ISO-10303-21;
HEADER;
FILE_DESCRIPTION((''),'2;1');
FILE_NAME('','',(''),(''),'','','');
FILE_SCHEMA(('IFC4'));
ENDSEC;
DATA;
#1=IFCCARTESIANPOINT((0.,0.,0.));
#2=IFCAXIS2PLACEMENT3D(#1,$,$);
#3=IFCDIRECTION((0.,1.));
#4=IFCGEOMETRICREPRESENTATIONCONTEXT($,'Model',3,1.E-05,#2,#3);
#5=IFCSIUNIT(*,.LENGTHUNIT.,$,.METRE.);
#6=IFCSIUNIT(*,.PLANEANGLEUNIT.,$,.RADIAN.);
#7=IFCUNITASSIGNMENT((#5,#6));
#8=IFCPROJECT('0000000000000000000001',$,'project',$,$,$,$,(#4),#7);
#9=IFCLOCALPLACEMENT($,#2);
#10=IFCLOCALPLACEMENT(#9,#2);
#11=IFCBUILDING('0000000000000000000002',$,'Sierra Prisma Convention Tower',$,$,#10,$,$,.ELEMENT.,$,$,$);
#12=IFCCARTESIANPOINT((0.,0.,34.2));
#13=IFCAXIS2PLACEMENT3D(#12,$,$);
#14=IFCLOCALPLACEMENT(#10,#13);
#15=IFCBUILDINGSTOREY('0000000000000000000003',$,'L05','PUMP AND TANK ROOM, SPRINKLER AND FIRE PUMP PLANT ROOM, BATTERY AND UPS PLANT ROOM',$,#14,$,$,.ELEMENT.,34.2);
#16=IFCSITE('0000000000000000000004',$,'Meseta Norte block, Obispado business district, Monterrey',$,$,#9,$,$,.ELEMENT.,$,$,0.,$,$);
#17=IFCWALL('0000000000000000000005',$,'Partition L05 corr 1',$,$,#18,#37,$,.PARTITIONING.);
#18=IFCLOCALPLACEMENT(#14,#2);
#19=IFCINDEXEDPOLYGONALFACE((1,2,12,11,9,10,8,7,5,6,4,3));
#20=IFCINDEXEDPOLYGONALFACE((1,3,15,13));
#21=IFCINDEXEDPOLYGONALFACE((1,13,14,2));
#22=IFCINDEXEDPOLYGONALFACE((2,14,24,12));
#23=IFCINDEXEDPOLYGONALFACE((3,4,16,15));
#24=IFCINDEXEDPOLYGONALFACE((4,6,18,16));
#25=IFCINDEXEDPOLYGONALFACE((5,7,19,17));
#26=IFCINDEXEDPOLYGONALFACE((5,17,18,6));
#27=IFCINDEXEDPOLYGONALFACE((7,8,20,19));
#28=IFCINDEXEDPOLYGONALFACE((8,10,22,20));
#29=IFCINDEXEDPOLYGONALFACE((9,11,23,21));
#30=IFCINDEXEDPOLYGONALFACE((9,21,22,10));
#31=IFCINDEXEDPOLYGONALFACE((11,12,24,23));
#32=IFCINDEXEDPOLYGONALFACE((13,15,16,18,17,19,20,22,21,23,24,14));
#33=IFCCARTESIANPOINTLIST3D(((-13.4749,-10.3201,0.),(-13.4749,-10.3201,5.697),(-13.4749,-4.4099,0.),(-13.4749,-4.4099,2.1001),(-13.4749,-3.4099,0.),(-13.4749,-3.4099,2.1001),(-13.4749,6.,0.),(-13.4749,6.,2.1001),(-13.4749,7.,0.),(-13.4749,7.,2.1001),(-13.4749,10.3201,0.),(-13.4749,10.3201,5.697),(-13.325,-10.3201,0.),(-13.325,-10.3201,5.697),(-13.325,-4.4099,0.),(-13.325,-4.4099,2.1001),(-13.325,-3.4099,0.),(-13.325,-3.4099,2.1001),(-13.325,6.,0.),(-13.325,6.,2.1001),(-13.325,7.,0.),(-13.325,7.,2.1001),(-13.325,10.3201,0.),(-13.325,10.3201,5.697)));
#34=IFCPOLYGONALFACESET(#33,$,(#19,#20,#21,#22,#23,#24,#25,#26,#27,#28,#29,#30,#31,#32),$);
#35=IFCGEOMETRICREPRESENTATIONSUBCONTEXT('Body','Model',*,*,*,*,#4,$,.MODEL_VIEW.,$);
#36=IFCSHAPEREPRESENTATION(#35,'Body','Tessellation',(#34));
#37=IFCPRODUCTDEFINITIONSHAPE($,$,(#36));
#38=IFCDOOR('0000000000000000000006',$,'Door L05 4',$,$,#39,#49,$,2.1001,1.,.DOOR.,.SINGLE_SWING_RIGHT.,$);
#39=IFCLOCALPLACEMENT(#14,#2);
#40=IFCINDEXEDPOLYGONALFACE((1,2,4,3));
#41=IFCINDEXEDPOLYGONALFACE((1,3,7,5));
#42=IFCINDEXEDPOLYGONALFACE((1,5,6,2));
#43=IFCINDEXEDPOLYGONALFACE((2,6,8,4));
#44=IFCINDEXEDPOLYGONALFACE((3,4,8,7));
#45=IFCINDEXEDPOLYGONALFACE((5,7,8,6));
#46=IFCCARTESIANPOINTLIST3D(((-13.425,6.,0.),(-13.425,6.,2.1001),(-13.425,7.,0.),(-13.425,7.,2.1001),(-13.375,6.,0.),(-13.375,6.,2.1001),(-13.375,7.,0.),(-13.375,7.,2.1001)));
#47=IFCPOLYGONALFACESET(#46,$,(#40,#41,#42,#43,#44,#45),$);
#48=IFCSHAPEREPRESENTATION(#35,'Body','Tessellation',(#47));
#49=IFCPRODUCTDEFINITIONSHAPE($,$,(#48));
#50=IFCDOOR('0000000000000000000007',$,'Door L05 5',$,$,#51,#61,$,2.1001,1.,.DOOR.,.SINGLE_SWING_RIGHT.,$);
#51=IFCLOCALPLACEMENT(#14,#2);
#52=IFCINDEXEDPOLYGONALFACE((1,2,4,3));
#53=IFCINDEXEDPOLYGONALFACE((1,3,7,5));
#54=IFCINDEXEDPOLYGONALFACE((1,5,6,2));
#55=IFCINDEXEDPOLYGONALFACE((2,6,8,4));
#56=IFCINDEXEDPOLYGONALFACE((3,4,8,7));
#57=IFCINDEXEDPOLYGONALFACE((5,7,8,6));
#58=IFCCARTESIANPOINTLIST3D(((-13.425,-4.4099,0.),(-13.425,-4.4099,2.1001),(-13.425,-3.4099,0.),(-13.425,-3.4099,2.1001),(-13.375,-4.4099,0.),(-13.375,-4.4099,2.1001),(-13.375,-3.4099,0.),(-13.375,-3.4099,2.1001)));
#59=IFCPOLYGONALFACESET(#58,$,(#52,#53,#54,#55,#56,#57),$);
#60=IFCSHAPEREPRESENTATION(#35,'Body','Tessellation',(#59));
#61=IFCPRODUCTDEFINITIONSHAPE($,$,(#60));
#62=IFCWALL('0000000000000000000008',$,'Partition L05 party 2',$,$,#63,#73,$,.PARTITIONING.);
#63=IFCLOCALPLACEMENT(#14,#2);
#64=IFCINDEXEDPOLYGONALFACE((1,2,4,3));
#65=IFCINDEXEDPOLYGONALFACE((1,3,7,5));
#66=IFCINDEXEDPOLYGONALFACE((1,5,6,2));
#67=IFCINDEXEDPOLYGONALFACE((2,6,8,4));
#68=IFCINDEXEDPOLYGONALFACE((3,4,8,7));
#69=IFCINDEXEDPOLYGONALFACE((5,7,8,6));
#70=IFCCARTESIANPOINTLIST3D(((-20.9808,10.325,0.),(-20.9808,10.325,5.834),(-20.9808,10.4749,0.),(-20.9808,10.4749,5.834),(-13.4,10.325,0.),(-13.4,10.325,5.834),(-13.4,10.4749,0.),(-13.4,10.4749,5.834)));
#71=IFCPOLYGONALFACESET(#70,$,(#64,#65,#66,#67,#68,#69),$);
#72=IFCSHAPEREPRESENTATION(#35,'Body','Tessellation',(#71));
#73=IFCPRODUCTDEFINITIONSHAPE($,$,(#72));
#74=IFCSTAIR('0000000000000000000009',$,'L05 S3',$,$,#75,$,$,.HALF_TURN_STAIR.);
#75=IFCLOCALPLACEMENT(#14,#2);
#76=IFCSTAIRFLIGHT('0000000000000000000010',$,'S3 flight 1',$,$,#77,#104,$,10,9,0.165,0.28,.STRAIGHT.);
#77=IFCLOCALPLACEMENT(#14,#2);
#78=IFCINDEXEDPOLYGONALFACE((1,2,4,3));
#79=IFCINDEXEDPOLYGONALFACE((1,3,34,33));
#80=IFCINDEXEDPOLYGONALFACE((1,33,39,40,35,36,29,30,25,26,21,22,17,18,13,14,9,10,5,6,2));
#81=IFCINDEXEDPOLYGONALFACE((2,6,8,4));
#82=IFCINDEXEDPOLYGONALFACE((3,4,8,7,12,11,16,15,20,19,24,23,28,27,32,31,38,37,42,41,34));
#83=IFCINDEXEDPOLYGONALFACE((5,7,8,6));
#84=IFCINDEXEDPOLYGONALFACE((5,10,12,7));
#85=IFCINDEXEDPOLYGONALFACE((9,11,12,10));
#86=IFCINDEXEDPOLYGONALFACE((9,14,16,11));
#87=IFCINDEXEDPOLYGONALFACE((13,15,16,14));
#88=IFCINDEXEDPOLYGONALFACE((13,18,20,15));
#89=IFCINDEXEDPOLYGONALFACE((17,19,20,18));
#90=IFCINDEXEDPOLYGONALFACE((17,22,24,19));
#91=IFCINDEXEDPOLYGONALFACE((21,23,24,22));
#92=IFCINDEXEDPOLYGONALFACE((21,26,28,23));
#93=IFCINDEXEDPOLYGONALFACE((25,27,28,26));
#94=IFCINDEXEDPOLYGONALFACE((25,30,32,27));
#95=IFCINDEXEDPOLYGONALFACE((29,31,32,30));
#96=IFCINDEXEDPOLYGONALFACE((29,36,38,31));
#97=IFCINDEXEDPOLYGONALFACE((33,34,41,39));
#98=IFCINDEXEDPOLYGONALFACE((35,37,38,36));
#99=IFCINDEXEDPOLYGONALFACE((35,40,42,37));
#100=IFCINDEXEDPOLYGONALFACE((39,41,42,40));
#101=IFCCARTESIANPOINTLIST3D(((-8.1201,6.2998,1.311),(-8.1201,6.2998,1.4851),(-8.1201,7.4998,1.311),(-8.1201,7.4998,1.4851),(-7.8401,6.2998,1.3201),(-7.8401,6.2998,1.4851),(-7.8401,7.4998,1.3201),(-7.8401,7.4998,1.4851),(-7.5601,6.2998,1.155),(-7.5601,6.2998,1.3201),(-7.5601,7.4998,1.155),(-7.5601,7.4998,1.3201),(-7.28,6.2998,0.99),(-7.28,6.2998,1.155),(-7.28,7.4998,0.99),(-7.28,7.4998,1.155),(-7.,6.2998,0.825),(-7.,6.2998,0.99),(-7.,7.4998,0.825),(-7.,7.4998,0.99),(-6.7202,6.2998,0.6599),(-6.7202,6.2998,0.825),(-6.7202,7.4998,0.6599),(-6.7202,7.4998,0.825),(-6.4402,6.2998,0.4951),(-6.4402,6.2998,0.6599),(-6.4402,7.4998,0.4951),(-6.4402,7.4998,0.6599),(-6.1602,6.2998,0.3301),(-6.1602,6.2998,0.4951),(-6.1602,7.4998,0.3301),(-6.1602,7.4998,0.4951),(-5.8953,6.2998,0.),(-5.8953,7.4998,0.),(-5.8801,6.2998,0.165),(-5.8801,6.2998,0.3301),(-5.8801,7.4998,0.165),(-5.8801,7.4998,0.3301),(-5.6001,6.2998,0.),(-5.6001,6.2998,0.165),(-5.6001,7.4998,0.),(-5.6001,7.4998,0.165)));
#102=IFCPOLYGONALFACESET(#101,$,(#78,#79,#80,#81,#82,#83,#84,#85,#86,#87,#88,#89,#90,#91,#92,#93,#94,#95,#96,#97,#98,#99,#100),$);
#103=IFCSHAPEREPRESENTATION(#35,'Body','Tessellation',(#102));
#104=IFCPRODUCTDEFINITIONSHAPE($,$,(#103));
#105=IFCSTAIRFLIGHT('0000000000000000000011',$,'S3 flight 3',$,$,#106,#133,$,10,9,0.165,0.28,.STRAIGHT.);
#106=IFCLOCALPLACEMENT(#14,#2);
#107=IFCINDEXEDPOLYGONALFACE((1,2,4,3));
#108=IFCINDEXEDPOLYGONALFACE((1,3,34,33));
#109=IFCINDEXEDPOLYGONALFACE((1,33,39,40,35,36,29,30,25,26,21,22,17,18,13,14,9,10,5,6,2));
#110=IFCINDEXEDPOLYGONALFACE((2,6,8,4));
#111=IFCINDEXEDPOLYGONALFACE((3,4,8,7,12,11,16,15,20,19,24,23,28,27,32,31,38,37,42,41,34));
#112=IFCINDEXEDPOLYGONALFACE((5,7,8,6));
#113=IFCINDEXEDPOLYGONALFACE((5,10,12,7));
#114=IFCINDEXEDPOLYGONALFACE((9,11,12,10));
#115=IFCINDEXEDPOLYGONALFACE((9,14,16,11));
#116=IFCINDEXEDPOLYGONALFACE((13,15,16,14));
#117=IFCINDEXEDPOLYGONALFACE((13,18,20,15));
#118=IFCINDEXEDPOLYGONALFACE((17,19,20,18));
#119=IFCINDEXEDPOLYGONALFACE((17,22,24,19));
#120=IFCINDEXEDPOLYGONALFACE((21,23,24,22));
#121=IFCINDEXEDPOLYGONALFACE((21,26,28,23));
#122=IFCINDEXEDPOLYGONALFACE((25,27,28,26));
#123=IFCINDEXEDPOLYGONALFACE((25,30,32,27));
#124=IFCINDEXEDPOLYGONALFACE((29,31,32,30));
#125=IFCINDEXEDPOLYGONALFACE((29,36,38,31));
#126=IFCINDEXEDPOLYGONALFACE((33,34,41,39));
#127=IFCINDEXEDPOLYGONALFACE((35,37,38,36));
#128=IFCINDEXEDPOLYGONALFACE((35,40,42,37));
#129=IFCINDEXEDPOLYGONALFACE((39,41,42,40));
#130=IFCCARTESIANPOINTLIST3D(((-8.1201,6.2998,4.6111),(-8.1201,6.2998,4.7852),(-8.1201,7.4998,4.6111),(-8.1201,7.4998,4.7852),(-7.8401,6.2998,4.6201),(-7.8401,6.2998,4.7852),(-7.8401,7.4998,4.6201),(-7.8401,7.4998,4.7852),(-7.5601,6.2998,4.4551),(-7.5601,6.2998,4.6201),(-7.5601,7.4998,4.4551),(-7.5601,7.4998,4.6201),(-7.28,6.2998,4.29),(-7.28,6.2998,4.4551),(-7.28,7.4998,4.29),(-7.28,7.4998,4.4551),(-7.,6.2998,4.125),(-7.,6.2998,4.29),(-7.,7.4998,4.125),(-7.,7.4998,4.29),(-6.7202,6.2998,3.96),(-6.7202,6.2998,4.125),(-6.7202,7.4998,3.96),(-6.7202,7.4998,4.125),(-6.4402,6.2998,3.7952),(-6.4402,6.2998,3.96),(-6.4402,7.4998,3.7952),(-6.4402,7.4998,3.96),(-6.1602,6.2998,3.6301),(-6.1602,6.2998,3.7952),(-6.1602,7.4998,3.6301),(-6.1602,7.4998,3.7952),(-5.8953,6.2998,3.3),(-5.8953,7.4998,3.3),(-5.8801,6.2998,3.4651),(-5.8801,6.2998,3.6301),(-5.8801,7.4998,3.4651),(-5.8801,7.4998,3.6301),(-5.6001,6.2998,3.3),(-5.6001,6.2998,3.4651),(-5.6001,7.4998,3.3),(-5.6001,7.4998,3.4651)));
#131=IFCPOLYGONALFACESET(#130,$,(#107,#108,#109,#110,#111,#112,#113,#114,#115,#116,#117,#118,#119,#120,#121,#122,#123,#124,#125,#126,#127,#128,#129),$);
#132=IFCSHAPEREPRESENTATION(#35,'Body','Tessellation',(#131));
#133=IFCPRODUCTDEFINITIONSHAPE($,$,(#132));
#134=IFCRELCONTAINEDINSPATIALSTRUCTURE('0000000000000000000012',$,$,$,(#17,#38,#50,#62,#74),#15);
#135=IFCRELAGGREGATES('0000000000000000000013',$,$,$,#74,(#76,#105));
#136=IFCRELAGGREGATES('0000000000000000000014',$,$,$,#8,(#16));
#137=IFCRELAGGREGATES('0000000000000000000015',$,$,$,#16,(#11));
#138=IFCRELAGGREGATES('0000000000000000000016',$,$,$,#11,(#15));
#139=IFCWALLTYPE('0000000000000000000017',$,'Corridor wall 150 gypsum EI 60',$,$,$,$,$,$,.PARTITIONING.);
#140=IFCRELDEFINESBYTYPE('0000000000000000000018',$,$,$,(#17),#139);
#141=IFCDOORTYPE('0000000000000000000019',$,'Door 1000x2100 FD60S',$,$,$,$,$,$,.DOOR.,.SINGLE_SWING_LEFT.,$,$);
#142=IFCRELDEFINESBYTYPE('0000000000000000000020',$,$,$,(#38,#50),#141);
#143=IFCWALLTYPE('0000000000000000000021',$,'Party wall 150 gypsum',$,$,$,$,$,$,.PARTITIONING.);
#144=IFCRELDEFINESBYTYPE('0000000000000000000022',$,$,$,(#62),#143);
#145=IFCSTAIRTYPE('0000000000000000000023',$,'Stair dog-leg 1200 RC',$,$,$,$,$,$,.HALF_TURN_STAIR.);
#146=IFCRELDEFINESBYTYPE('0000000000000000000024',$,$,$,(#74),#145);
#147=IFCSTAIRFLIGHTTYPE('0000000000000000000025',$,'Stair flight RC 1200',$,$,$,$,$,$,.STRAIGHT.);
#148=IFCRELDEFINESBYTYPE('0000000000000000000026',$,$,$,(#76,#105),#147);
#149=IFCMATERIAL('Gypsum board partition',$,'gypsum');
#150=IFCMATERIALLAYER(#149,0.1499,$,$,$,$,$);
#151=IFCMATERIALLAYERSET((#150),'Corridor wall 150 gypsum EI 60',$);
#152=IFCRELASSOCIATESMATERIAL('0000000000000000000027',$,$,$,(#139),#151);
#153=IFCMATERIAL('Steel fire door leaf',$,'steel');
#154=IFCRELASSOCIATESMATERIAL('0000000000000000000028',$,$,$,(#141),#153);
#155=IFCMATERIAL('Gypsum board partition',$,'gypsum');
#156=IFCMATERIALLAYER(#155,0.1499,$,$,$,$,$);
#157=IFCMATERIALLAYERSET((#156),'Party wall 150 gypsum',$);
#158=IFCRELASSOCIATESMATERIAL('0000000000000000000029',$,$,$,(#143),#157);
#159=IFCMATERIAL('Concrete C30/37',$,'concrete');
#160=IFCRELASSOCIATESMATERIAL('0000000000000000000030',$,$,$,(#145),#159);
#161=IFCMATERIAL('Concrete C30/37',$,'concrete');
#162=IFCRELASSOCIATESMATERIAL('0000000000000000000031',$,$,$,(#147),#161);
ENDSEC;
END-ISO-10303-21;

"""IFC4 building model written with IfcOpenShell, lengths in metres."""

from ifc_helpers import new_model, si_unit, direction, frame, frame_2d, origin, place, context, subcontext, project, spatial, polyline, rectangle, outline, extrude, material, layer, layer_set, type_object, element, fill, aggregate, save


model = new_model("IFC4")

# Units and contexts
model_context = context("Model", 3, precision=1e-05, world=origin(), true_north=direction((0.0, 1.0)))
body_context = subcontext(model_context, "Body", "Model", "MODEL_VIEW")
ifc_project = project(units=[si_unit("LENGTHUNIT", "METRE"), si_unit("PLANEANGLEUNIT", "RADIAN")], contexts=[model_context])

# Site, building, storey
site_placement = place(None, origin())
site = spatial("IfcSite", under=ifc_project, at=site_placement, Name="Meseta Norte block, Obispado business district, Monterrey", CompositionType="ELEMENT", RefElevation=0.0)
building_placement = place(site_placement, origin())
building = spatial("IfcBuilding", under=site, at=building_placement, Name="Sierra Prisma Convention Tower", CompositionType="ELEMENT")
storey_placement = place(building_placement, frame((0.0, 0.0, 34.2)))
storey = spatial("IfcBuildingStorey", under=building, at=storey_placement, Name="L05", Description="PUMP AND TANK ROOM, SPRINKLER AND FIRE PUMP PLANT ROOM, BATTERY AND UPS PLANT ROOM", CompositionType="ELEMENT", Elevation=34.2)

# Wall, openings, doors
ifc_material_1 = material(Name="Gypsum board partition", Category="gypsum")
ifc_layer_1 = layer(ifc_material_1, 0.1499)
ifc_layer_set_1 = layer_set([ifc_layer_1], Name="Corridor wall 150 gypsum EI 60")
wall_type_1 = type_object("IfcWallType", Name="Corridor wall 150 gypsum EI 60", PredefinedType="PARTITIONING", material=ifc_layer_set_1)
wall_1_placement = place(storey_placement, frame((-13.3999, 10.3201, 0.0), z_axis=(0.0, 0.0, 1.0), x_axis=(0.0, -1.0, 0.0)))
wall_1 = element("IfcWall", 1, at=wall_1_placement, inside=storey, type_object=wall_type_1, Name="Partition L05 corr 1", PredefinedType="PARTITIONING", context=body_context, shape_type="SweptSolid", body=[
    extrude(rectangle(XDim=20.6401, YDim=0.1499, at=frame_2d((10.3201, 0.0))), origin(), (0.0, 0.0, 1.0), 5.697),
])
opening_1_placement = place(wall_1_placement, frame((3.3201, 0.0, 0.0)))
opening_1 = element("IfcOpeningElement", 2, at=opening_1_placement, cuts=wall_1, PredefinedType="OPENING", context=body_context, shape_type="SweptSolid", body=[
    extrude(rectangle(XDim=1.0, YDim=2.1001, at=frame_2d((0.5, 1.05))), frame((0.0, 0.075, 0.0), z_axis=(0.0, -1.0, 0.0), x_axis=(1.0, 0.0, 0.0)), (0.0, 0.0, 1.0), 0.1499),
])
opening_2_placement = place(wall_1_placement, frame((13.73, 0.0, 0.0)))
opening_2 = element("IfcOpeningElement", 3, at=opening_2_placement, cuts=wall_1, PredefinedType="OPENING", context=body_context, shape_type="SweptSolid", body=[
    extrude(rectangle(XDim=1.0, YDim=2.1001, at=frame_2d((0.5, 1.05))), frame((0.0, 0.075, 0.0), z_axis=(0.0, -1.0, 0.0), x_axis=(1.0, 0.0, 0.0)), (0.0, 0.0, 1.0), 0.1499),
])
ifc_material_2 = material(Name="Steel fire door leaf", Category="steel")
door_type_1 = type_object("IfcDoorType", Name="Door 1000x2100 FD60S", OperationType="SINGLE_SWING_LEFT", PredefinedType="DOOR", material=ifc_material_2)
door_1_placement = place(opening_1_placement, origin())
door_1 = element("IfcDoor", 4, at=door_1_placement, inside=storey, type_object=door_type_1, Name="Door L05 4", OperationType="SINGLE_SWING_RIGHT", OverallHeight=2.1001, OverallWidth=1.0, PredefinedType="DOOR", context=body_context, shape_type="SweptSolid", body=[
    extrude(rectangle(XDim=1.0, YDim=2.1001, at=frame_2d((0.5, 1.05))), frame((0.0, 0.0249, 0.0), z_axis=(0.0, -1.0, 0.0), x_axis=(1.0, 0.0, 0.0)), (0.0, 0.0, 1.0), 0.05),
])
fill(opening_1, door_1)
door_2_placement = place(opening_2_placement, origin())
door_2 = element("IfcDoor", 5, at=door_2_placement, inside=storey, type_object=door_type_1, Name="Door L05 5", OperationType="SINGLE_SWING_RIGHT", OverallHeight=2.1001, OverallWidth=1.0, PredefinedType="DOOR", context=body_context, shape_type="SweptSolid", body=[
    extrude(rectangle(XDim=1.0, YDim=2.1001, at=frame_2d((0.5, 1.05))), frame((0.0, 0.0249, 0.0), z_axis=(0.0, -1.0, 0.0), x_axis=(1.0, 0.0, 0.0)), (0.0, 0.0, 1.0), 0.05),
])
fill(opening_2, door_2)

# Wall
ifc_material_3 = material(Name="Gypsum board partition", Category="gypsum")
ifc_layer_2 = layer(ifc_material_3, 0.1499)
ifc_layer_set_2 = layer_set([ifc_layer_2], Name="Party wall 150 gypsum")
wall_type_2 = type_object("IfcWallType", Name="Party wall 150 gypsum", PredefinedType="PARTITIONING", material=ifc_layer_set_2)
wall_2_placement = place(storey_placement, frame((-13.3999, 10.3999, 0.0), z_axis=(0.0, 0.0, 1.0), x_axis=(-1.0, 0.0, 0.0)))
element("IfcWall", 6, at=wall_2_placement, inside=storey, type_object=wall_type_2, Name="Partition L05 party 2", PredefinedType="PARTITIONING", context=body_context, shape_type="SweptSolid", body=[
    extrude(rectangle(XDim=7.5808, YDim=0.1499, at=frame_2d((3.7905, 0.0))), origin(), (0.0, 0.0, 1.0), 5.834),
])

# Stair, stair flights
ifc_material_4 = material(Name="Concrete C30/37", Category="concrete")
stair_type = type_object("IfcStairType", Name="Stair dog-leg 1200 RC", PredefinedType="HALF_TURN_STAIR", material=ifc_material_4)
stair_placement = place(storey_placement, origin())
stair = element("IfcStair", 7, at=stair_placement, inside=storey, type_object=stair_type, Name="L05 S3", PredefinedType="HALF_TURN_STAIR")
ifc_material_5 = material(Name="Concrete C30/37", Category="concrete")
stair_flight_type = type_object("IfcStairFlightType", Name="Stair flight RC 1200", PredefinedType="STRAIGHT", material=ifc_material_5)
stair_flight_1_placement = place(storey_placement, frame((-5.6001, 6.8999, 0.0), z_axis=(0.0, 0.0, 1.0), x_axis=(-1.0, 0.0, 0.0)))
stair_flight_1 = element("IfcStairFlight", 8, at=stair_flight_1_placement, type_object=stair_flight_type, Name="S3 flight 1", NumberOfRisers=10, NumberOfTreads=9, PredefinedType="STRAIGHT", RiserHeight=0.165, TreadLength=0.28, context=body_context, shape_type="SweptSolid", body=[
    extrude(outline(polyline([(0.0, 0.0), (0.0, 0.165), (0.28, 0.165), (0.28, 0.3301), (0.5601, 0.3301), (0.5601, 0.4951), (0.8401, 0.4951), (0.8401, 0.6599), (1.1201, 0.6599), (1.1201, 0.825), (1.3999, 0.825), (1.3999, 0.99), (1.6799, 0.99), (1.6799, 1.155), (1.96, 1.155), (1.96, 1.3201), (2.24, 1.3201), (2.24, 1.4851), (2.52, 1.4851), (2.52, 1.6499), (2.52, 1.311), (0.2952, 0.0), (0.0, 0.0)])), frame((0.0, 0.6001, 0.0), z_axis=(0.0, -1.0, 0.0), x_axis=(1.0, 0.0, 0.0)), (0.0, 0.0, 1.0), 1.2),
])
stair_flight_2_placement = place(storey_placement, frame((-5.6001, 6.8999, 3.3), z_axis=(0.0, 0.0, 1.0), x_axis=(-1.0, 0.0, 0.0)))
stair_flight_2 = element("IfcStairFlight", 9, at=stair_flight_2_placement, type_object=stair_flight_type, Name="S3 flight 3", NumberOfRisers=10, NumberOfTreads=9, PredefinedType="STRAIGHT", RiserHeight=0.165, TreadLength=0.28, context=body_context, shape_type="SweptSolid", body=[
    extrude(outline(polyline([(0.0, 0.0), (0.0, 0.165), (0.28, 0.165), (0.28, 0.3301), (0.5601, 0.3301), (0.5601, 0.4951), (0.8401, 0.4951), (0.8401, 0.6599), (1.1201, 0.6599), (1.1201, 0.825), (1.3999, 0.825), (1.3999, 0.99), (1.6799, 0.99), (1.6799, 1.155), (1.96, 1.155), (1.96, 1.3201), (2.24, 1.3201), (2.24, 1.4851), (2.52, 1.4851), (2.52, 1.6499), (2.52, 1.311), (0.2952, 0.0), (0.0, 0.0)])), frame((0.0, 0.6001, 0.0), z_axis=(0.0, -1.0, 0.0), x_axis=(1.0, 0.0, 0.0)), (0.0, 0.0, 1.0), 1.2),
])
aggregate(stair, [stair_flight_1, stair_flight_2])

save(model, "model.ifc")
